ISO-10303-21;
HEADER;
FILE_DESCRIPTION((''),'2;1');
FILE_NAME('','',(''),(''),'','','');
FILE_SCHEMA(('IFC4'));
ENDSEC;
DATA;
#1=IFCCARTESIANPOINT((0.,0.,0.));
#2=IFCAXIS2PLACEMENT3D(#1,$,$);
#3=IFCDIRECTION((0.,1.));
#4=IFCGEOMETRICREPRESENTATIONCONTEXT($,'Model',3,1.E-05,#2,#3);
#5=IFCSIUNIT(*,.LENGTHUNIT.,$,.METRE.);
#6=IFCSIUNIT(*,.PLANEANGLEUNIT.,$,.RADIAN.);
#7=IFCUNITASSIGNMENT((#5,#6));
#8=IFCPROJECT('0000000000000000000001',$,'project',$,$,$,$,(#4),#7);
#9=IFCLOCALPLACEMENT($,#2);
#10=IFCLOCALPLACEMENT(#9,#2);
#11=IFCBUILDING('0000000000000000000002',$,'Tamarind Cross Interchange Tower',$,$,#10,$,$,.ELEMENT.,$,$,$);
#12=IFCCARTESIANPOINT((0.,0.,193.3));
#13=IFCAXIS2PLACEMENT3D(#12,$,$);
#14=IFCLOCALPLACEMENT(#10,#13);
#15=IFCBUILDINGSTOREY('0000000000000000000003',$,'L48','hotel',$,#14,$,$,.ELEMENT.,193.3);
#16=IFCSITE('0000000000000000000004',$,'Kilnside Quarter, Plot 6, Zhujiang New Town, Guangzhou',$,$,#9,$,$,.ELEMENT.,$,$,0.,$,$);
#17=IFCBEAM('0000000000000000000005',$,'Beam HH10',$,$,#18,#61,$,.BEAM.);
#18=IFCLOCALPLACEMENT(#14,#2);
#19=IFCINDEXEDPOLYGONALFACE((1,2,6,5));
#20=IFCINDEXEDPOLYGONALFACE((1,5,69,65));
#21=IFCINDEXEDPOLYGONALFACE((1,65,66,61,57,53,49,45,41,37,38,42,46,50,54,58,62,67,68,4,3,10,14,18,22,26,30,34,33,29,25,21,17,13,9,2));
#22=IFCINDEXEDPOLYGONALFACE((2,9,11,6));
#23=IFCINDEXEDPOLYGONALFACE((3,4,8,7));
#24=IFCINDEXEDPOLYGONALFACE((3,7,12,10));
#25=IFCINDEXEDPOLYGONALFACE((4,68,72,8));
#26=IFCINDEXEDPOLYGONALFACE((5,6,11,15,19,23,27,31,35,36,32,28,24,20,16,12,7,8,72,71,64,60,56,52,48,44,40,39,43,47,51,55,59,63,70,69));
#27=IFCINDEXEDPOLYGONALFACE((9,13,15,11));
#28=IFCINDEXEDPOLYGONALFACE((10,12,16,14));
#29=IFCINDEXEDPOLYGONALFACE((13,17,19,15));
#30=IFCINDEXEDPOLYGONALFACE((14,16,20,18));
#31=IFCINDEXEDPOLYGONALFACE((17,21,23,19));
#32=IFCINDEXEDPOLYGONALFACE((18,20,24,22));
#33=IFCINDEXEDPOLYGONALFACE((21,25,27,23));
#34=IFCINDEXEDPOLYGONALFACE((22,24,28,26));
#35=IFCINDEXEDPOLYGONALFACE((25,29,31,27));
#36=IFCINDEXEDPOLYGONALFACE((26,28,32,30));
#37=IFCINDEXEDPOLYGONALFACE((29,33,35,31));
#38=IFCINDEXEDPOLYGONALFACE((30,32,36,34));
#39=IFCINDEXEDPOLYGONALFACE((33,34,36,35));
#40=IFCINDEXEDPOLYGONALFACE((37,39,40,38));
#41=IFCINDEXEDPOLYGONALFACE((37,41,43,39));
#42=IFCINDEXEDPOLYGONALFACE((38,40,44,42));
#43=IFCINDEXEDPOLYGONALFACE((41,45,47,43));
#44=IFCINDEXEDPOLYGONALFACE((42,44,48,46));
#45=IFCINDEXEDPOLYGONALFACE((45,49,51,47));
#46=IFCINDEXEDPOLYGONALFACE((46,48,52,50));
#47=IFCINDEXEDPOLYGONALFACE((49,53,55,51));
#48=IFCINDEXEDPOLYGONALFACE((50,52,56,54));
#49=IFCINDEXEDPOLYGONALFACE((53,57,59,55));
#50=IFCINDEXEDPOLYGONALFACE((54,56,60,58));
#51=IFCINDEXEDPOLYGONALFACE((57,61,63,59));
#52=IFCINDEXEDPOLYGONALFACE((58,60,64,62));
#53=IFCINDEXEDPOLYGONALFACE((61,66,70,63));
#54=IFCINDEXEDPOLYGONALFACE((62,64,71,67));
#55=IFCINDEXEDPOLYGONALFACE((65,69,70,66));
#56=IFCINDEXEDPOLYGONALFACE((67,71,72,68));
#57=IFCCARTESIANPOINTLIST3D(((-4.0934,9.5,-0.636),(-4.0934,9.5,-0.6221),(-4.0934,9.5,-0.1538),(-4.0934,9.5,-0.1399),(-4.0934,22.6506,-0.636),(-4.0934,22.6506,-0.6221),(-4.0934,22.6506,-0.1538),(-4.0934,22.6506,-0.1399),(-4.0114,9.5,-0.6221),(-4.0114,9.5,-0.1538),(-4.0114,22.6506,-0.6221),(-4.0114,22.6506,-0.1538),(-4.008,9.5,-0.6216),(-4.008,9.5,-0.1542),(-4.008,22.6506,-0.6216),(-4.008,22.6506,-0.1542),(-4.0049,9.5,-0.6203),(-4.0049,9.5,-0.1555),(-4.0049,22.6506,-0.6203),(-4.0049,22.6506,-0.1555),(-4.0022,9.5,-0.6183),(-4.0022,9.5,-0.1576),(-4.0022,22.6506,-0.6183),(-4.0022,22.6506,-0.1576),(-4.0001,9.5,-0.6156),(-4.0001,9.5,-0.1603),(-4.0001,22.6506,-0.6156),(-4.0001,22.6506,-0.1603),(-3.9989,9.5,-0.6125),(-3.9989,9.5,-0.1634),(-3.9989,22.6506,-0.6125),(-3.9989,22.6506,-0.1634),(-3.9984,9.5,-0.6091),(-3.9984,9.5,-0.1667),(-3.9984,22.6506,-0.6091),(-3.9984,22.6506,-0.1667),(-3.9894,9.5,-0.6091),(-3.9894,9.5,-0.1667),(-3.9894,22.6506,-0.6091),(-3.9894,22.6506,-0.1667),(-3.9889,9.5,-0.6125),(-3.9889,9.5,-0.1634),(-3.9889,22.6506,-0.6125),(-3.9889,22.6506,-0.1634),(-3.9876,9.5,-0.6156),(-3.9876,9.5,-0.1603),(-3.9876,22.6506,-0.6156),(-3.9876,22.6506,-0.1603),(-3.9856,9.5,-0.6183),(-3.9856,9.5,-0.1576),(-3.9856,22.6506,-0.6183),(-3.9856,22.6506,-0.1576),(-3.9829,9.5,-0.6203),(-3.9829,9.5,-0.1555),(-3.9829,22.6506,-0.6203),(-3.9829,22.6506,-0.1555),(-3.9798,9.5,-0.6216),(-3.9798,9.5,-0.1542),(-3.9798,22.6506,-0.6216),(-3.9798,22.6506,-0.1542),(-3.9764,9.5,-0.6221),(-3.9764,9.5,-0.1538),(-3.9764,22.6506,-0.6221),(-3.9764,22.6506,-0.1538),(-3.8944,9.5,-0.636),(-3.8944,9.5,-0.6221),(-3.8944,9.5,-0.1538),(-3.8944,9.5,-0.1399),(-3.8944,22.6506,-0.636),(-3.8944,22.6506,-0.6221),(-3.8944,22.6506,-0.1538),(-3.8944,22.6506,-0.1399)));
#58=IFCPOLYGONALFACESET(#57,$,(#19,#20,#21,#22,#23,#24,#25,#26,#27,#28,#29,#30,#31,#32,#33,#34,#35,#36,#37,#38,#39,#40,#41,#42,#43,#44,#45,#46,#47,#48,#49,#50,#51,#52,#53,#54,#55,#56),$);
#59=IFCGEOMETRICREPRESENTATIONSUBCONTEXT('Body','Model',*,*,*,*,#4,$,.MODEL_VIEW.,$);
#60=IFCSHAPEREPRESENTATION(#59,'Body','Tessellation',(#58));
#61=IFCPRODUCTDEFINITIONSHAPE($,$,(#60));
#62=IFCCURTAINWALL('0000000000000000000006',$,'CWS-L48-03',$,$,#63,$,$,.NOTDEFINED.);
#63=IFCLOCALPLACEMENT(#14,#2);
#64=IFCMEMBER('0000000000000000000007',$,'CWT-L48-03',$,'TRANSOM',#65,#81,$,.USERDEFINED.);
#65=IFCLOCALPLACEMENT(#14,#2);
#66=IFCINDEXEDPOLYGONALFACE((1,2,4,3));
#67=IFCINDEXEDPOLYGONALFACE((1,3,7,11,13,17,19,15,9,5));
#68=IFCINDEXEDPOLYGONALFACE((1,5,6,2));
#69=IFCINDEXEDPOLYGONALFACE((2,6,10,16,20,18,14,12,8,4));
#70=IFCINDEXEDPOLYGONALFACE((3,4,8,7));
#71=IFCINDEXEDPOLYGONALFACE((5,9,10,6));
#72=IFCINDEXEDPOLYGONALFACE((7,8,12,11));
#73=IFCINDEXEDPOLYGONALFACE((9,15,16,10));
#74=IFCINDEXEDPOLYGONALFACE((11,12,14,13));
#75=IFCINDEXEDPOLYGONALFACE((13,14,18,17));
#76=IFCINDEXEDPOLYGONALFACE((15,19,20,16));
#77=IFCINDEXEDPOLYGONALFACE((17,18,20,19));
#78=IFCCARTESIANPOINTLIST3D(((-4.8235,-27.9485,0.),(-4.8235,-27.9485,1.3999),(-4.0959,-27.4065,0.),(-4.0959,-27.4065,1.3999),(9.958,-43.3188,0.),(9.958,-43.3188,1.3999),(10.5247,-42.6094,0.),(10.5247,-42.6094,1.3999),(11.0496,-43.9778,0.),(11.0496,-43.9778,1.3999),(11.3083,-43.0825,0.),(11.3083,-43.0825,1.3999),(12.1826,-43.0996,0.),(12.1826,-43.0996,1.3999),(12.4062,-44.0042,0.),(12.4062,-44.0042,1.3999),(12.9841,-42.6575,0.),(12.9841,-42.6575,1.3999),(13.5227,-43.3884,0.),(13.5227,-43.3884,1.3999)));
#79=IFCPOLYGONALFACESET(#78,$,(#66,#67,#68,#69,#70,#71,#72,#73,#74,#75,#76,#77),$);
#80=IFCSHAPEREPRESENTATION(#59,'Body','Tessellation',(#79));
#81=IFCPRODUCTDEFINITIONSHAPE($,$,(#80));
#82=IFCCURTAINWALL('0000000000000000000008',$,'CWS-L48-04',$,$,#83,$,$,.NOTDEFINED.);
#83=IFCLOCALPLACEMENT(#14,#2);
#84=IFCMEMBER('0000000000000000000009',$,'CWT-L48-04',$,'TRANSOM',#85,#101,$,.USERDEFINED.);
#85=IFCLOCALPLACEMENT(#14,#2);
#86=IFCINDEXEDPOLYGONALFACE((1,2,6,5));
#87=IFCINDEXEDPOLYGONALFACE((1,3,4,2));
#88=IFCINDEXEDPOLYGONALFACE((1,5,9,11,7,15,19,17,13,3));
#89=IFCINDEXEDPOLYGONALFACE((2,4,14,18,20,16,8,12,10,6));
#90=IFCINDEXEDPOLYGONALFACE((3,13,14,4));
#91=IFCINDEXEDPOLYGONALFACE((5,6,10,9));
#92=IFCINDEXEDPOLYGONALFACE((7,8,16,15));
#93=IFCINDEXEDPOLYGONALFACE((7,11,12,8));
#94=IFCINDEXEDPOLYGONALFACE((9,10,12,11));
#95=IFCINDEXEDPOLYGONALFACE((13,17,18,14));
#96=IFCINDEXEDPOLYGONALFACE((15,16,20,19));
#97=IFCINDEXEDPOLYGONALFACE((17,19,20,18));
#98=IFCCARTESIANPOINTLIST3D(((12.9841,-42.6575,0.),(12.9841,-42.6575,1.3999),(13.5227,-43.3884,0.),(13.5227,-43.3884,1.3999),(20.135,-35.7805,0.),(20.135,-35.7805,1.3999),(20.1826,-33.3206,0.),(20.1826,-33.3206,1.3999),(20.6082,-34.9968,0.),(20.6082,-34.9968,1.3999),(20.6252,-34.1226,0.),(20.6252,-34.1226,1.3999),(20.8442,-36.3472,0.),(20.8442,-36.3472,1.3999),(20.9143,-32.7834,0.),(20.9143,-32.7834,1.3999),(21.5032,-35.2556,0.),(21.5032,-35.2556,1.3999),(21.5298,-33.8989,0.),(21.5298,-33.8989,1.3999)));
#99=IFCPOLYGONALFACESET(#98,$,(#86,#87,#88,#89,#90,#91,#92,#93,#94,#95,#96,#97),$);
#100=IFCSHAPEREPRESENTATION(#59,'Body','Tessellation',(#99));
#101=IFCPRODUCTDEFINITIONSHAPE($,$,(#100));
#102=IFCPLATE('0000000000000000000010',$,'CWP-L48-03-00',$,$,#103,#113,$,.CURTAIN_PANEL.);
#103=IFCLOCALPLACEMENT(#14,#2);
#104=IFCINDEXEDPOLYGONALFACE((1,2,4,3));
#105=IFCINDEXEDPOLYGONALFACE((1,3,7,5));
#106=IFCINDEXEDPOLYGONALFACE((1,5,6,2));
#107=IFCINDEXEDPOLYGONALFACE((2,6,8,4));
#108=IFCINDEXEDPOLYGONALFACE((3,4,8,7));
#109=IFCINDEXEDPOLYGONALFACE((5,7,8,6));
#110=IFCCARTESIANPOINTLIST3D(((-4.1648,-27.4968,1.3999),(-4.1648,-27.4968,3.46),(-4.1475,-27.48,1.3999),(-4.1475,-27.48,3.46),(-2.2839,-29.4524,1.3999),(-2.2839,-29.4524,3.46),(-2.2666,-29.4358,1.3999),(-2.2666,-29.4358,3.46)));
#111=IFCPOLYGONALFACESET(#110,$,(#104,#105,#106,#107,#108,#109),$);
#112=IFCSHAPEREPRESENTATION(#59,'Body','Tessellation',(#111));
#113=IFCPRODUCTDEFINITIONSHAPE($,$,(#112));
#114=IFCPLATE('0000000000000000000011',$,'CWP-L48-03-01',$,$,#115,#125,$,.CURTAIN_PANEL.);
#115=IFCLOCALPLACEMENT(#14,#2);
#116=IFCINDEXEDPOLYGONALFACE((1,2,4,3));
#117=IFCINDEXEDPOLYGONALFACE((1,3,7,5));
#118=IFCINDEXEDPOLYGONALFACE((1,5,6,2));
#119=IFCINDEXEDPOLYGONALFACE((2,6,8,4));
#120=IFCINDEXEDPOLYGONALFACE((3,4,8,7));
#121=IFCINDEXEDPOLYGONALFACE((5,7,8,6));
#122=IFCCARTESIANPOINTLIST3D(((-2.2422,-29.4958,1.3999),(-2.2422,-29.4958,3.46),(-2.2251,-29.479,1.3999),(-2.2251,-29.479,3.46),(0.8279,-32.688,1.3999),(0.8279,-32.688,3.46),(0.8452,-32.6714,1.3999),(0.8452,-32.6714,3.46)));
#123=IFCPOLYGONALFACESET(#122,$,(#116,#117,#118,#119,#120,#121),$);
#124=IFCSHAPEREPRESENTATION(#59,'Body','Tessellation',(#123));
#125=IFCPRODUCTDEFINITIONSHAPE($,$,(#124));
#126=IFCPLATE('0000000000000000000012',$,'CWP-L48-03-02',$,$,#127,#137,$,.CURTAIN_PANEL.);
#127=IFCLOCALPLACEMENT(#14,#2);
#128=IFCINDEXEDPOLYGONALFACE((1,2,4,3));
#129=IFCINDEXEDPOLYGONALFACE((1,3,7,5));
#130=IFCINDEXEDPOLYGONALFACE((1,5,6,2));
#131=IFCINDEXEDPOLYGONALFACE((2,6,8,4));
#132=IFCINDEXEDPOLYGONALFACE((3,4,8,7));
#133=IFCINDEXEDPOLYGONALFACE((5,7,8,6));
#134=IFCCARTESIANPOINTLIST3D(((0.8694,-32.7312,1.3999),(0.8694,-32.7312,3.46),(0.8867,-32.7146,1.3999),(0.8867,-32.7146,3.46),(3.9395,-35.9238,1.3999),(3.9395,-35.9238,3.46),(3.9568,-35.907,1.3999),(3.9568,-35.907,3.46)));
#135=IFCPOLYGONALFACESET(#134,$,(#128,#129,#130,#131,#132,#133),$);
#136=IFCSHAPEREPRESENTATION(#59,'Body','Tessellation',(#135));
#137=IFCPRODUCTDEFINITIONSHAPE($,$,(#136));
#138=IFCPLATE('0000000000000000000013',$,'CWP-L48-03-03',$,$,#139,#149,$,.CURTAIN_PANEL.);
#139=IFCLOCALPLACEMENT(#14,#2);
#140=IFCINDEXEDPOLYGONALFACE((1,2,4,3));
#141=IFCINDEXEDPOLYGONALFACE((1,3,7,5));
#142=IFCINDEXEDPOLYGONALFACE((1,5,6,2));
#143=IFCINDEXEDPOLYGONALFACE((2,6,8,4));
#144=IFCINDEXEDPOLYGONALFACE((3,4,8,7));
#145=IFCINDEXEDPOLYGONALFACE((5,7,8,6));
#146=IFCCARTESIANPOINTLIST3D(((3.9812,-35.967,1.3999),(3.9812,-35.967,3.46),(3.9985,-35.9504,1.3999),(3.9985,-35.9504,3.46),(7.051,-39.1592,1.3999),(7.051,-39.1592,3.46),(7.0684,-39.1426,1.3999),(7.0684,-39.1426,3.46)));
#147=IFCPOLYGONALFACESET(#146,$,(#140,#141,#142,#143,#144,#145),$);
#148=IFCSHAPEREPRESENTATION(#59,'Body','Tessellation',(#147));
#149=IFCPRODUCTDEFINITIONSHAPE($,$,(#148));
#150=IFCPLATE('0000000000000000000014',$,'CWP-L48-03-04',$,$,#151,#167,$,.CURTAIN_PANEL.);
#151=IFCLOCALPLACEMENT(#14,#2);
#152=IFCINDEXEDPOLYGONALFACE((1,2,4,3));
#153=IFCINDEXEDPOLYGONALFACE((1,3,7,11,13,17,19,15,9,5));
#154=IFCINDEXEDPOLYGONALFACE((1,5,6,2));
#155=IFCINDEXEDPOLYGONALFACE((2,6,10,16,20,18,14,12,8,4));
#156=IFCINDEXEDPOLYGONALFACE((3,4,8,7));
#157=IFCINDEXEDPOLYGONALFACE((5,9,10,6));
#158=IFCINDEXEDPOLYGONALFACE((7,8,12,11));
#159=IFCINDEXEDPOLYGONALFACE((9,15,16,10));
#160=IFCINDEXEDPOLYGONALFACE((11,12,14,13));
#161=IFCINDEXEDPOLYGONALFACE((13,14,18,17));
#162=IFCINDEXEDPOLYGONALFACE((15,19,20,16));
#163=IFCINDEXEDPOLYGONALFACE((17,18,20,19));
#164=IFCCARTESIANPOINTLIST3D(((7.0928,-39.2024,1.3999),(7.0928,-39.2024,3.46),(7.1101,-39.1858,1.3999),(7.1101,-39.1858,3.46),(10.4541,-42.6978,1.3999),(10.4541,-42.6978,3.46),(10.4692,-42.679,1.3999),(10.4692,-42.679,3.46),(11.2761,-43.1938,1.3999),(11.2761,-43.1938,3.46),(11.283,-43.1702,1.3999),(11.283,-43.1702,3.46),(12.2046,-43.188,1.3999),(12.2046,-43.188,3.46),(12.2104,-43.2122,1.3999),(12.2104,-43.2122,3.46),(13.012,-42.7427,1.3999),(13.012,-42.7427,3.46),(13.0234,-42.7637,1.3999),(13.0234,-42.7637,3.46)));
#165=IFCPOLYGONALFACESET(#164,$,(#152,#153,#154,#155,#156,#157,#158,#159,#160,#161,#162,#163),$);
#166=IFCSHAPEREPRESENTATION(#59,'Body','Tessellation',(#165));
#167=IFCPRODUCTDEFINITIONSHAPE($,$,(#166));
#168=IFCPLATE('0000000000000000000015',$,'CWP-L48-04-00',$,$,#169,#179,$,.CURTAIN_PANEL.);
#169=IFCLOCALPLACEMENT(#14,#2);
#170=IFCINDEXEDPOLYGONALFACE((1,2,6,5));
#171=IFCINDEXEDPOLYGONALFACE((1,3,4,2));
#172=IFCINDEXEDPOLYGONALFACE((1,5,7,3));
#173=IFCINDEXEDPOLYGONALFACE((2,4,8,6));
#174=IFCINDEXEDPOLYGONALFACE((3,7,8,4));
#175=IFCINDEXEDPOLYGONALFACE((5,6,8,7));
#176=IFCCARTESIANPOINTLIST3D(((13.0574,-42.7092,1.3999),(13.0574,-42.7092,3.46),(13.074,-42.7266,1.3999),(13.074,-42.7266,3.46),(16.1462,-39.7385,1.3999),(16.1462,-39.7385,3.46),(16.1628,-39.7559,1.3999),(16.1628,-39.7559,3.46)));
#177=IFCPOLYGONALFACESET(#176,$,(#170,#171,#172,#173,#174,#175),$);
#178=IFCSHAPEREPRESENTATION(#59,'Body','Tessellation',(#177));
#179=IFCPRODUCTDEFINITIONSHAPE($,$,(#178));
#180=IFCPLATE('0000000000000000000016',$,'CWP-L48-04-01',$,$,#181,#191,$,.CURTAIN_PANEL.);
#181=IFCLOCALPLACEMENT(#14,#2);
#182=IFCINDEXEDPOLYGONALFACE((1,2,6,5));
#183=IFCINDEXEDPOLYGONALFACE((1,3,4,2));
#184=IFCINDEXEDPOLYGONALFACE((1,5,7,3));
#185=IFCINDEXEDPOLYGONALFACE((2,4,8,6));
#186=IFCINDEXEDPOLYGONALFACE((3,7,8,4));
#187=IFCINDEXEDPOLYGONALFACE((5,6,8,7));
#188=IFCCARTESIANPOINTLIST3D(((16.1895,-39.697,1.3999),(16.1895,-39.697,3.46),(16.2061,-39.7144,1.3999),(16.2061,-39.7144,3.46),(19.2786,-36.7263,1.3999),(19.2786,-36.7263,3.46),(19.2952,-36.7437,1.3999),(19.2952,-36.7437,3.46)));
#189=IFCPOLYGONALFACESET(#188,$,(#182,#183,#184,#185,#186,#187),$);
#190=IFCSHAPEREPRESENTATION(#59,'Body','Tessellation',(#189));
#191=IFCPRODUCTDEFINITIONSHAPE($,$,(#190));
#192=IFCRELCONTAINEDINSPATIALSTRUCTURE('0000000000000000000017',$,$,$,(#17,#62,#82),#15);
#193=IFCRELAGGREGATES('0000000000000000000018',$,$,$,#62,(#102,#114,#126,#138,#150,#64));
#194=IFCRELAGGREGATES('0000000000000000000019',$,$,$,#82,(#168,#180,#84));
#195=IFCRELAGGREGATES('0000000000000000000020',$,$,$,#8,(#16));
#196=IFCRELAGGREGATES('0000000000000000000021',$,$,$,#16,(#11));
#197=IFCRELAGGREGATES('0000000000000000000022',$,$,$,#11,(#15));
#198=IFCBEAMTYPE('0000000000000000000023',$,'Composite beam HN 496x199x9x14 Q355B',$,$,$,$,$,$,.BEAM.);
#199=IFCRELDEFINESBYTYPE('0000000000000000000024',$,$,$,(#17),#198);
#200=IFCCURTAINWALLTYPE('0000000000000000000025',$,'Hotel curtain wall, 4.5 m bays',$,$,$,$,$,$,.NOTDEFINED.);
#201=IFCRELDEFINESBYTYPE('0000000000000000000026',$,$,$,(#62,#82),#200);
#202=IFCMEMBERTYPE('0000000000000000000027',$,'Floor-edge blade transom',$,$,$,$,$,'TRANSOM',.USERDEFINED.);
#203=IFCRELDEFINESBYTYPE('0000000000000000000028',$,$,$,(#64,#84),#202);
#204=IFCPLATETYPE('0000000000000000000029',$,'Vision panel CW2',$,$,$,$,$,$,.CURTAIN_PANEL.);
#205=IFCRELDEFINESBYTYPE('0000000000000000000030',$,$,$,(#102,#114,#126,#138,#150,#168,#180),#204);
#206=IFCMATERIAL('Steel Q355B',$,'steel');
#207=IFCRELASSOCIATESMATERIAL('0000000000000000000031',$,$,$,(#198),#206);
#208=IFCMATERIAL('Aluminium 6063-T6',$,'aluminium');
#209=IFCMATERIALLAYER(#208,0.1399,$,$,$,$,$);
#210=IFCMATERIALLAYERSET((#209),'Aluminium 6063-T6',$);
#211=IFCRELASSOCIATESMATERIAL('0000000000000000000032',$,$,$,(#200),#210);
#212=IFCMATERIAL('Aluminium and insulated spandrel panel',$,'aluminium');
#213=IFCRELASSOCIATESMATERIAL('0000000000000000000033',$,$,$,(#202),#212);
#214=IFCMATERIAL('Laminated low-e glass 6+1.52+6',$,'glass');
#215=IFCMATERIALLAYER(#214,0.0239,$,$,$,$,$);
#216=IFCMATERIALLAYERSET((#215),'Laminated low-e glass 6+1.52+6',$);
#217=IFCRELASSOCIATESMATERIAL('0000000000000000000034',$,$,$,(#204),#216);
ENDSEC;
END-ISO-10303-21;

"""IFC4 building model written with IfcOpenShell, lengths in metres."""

from ifc_helpers import new_model, si_unit, direction, frame, origin, origin_2d, place, context, subcontext, project, spatial, polyline, i_section, outline, extrude, material, layer, layer_set, material_profile, profile_set, type_object, element, aggregate, save


model = new_model("IFC4")

# Units and contexts
model_context = context("Model", 3, precision=1e-05, world=origin(), true_north=direction((0.0, 1.0)))
body_context = subcontext(model_context, "Body", "Model", "MODEL_VIEW")
ifc_project = project(units=[si_unit("LENGTHUNIT", "METRE"), si_unit("PLANEANGLEUNIT", "RADIAN")], contexts=[model_context])

# Site, building, storey
site_placement = place(None, origin())
site = spatial("IfcSite", under=ifc_project, at=site_placement, Name="Kilnside Quarter, Plot 6, Zhujiang New Town, Guangzhou", CompositionType="ELEMENT", RefElevation=0.0)
building_placement = place(site_placement, origin())
building = spatial("IfcBuilding", under=site, at=building_placement, Name="Tamarind Cross Interchange Tower", CompositionType="ELEMENT")
storey_placement = place(building_placement, frame((0.0, 0.0, 193.3)))
storey = spatial("IfcBuildingStorey", under=building, at=storey_placement, Name="L48", Description="hotel", CompositionType="ELEMENT", Elevation=193.3)

# Beam
ifc_material_1 = material(Name="Steel Q355B", Category="steel")
ifc_material_profile_1 = material_profile(ifc_material_1, i_section(OverallWidth=0.199, OverallDepth=0.4961, WebThickness=0.009, FlangeThickness=0.0139, FilletRadius=0.0129, at=origin_2d()), Name="HN 496x199x9x14")
ifc_profile_set_1 = profile_set([ifc_material_profile_1], Name="Steel Q355B")
beam_type_1 = type_object("IfcBeamType", Name="Composite beam HN 496x199x9x14 Q355B", PredefinedType="BEAM", material=ifc_profile_set_1)
beam_placement = place(storey_placement, frame((-3.9939, 22.6506, -0.3879), z_axis=(0.0, -1.0, 0.0), x_axis=(1.0, 0.0, 0.0)))
element("IfcBeam", 1, at=beam_placement, inside=storey, type_object=beam_type_1, Name="Beam HH10", PredefinedType="BEAM", context=body_context, shape_type="SweptSolid", body=[
    extrude(i_section(OverallWidth=0.199, OverallDepth=0.4961, WebThickness=0.009, FlangeThickness=0.0139, FilletRadius=0.0129, at=origin_2d()), origin(), (0.0, 0.0, 1.0), 13.1506),
])

# Curtain walls, members
ifc_material_2 = material(Name="Aluminium 6063-T6", Category="aluminium")
ifc_layer_1 = layer(ifc_material_2, 0.1399)
ifc_layer_set_1 = layer_set([ifc_layer_1], Name="Aluminium 6063-T6")
curtain_wall_type = type_object("IfcCurtainWallType", Name="Hotel curtain wall, 4.5 m bays", PredefinedType="NOTDEFINED", material=ifc_layer_set_1)
curtain_wall_1_placement = place(storey_placement, origin())
curtain_wall_1 = element("IfcCurtainWall", 2, at=curtain_wall_1_placement, inside=storey, type_object=curtain_wall_type, Name="CWS-L48-03", PredefinedType="NOTDEFINED")
ifc_material_3 = material(Name="Aluminium and insulated spandrel panel", Category="aluminium")
member_type = type_object("IfcMemberType", Name="Floor-edge blade transom", ElementType="TRANSOM", PredefinedType="USERDEFINED", material=ifc_material_3)
member_1_placement = place(storey_placement, origin())
member_1 = element("IfcMember", 3, at=member_1_placement, type_object=member_type, Name="CWT-L48-03", ObjectType="TRANSOM", PredefinedType="USERDEFINED", context=body_context, shape_type="SweptSolid", body=[
    extrude(outline(polyline([(-4.0959, -27.4065), (10.5247, -42.6094), (11.3083, -43.0825), (12.1826, -43.0996), (12.9841, -42.6575), (13.5227, -43.3884), (12.4062, -44.0042), (11.0496, -43.9778), (9.958, -43.3188), (-4.8235, -27.9485), (-4.0959, -27.4065)])), origin(), (0.0, 0.0, 1.0), 1.3999),
])
curtain_wall_2_placement = place(storey_placement, origin())
curtain_wall_2 = element("IfcCurtainWall", 4, at=curtain_wall_2_placement, inside=storey, type_object=curtain_wall_type, Name="CWS-L48-04", PredefinedType="NOTDEFINED")
member_2_placement = place(storey_placement, origin())
member_2 = element("IfcMember", 5, at=member_2_placement, type_object=member_type, Name="CWT-L48-04", ObjectType="TRANSOM", PredefinedType="USERDEFINED", context=body_context, shape_type="SweptSolid", body=[
    extrude(outline(polyline([(12.9841, -42.6575), (20.135, -35.7805), (20.6082, -34.9968), (20.6252, -34.1226), (20.1826, -33.3206), (20.9143, -32.7834), (21.5298, -33.8989), (21.5032, -35.2556), (20.8442, -36.3472), (13.5227, -43.3884), (12.9841, -42.6575)])), origin(), (0.0, 0.0, 1.0), 1.3999),
])

# Plates
ifc_material_4 = material(Name="Laminated low-e glass 6+1.52+6", Category="glass")
ifc_layer_2 = layer(ifc_material_4, 0.0239)
ifc_layer_set_2 = layer_set([ifc_layer_2], Name="Laminated low-e glass 6+1.52+6")
plate_type = type_object("IfcPlateType", Name="Vision panel CW2", PredefinedType="CURTAIN_PANEL", material=ifc_layer_set_2)
plate_1_placement = place(storey_placement, frame((0.0, 0.0, 1.3999)))
plate_1 = element("IfcPlate", 6, at=plate_1_placement, type_object=plate_type, Name="CWP-L48-03-00", PredefinedType="CURTAIN_PANEL", context=body_context, shape_type="SweptSolid", body=[
    extrude(outline(polyline([(-4.1475, -27.48), (-2.2666, -29.4358), (-2.2839, -29.4524), (-4.1648, -27.4968), (-4.1475, -27.48)])), origin(), (0.0, 0.0, 1.0), 2.0601),
])
plate_2_placement = place(storey_placement, frame((0.0, 0.0, 1.3999)))
plate_2 = element("IfcPlate", 7, at=plate_2_placement, type_object=plate_type, Name="CWP-L48-03-01", PredefinedType="CURTAIN_PANEL", context=body_context, shape_type="SweptSolid", body=[
    extrude(outline(polyline([(-2.2251, -29.479), (0.8452, -32.6714), (0.8279, -32.688), (-2.2422, -29.4958), (-2.2251, -29.479)])), origin(), (0.0, 0.0, 1.0), 2.0601),
])
plate_3_placement = place(storey_placement, frame((0.0, 0.0, 1.3999)))
plate_3 = element("IfcPlate", 8, at=plate_3_placement, type_object=plate_type, Name="CWP-L48-03-02", PredefinedType="CURTAIN_PANEL", context=body_context, shape_type="SweptSolid", body=[
    extrude(outline(polyline([(0.8867, -32.7146), (3.9568, -35.907), (3.9395, -35.9238), (0.8694, -32.7312), (0.8867, -32.7146)])), origin(), (0.0, 0.0, 1.0), 2.0601),
])
plate_4_placement = place(storey_placement, frame((0.0, 0.0, 1.3999)))
plate_4 = element("IfcPlate", 9, at=plate_4_placement, type_object=plate_type, Name="CWP-L48-03-03", PredefinedType="CURTAIN_PANEL", context=body_context, shape_type="SweptSolid", body=[
    extrude(outline(polyline([(3.9985, -35.9504), (7.0684, -39.1426), (7.051, -39.1592), (3.9812, -35.967), (3.9985, -35.9504)])), origin(), (0.0, 0.0, 1.0), 2.0601),
])
plate_5_placement = place(storey_placement, frame((0.0, 0.0, 1.3999)))
plate_5 = element("IfcPlate", 10, at=plate_5_placement, type_object=plate_type, Name="CWP-L48-03-04", PredefinedType="CURTAIN_PANEL", context=body_context, shape_type="SweptSolid", body=[
    extrude(outline(polyline([(7.1101, -39.1858), (10.4692, -42.679), (11.283, -43.1702), (12.2046, -43.188), (13.012, -42.7427), (13.0234, -42.7637), (12.2104, -43.2122), (11.2761, -43.1938), (10.4541, -42.6978), (7.0928, -39.2024), (7.1101, -39.1858)])), origin(), (0.0, 0.0, 1.0), 2.0601),
])
aggregate(curtain_wall_1, [plate_1, plate_2, plate_3, plate_4, plate_5, member_1])
plate_6_placement = place(storey_placement, frame((0.0, 0.0, 1.3999)))
plate_6 = element("IfcPlate", 11, at=plate_6_placement, type_object=plate_type, Name="CWP-L48-04-00", PredefinedType="CURTAIN_PANEL", context=body_context, shape_type="SweptSolid", body=[
    extrude(outline(polyline([(13.0574, -42.7092), (16.1462, -39.7385), (16.1628, -39.7559), (13.074, -42.7266), (13.0574, -42.7092)])), origin(), (0.0, 0.0, 1.0), 2.0601),
])
plate_7_placement = place(storey_placement, frame((0.0, 0.0, 1.3999)))
plate_7 = element("IfcPlate", 12, at=plate_7_placement, type_object=plate_type, Name="CWP-L48-04-01", PredefinedType="CURTAIN_PANEL", context=body_context, shape_type="SweptSolid", body=[
    extrude(outline(polyline([(16.1895, -39.697), (19.2786, -36.7263), (19.2952, -36.7437), (16.2061, -39.7144), (16.1895, -39.697)])), origin(), (0.0, 0.0, 1.0), 2.0601),
])
aggregate(curtain_wall_2, [plate_6, plate_7, member_2])

save(model, "model.ifc")
